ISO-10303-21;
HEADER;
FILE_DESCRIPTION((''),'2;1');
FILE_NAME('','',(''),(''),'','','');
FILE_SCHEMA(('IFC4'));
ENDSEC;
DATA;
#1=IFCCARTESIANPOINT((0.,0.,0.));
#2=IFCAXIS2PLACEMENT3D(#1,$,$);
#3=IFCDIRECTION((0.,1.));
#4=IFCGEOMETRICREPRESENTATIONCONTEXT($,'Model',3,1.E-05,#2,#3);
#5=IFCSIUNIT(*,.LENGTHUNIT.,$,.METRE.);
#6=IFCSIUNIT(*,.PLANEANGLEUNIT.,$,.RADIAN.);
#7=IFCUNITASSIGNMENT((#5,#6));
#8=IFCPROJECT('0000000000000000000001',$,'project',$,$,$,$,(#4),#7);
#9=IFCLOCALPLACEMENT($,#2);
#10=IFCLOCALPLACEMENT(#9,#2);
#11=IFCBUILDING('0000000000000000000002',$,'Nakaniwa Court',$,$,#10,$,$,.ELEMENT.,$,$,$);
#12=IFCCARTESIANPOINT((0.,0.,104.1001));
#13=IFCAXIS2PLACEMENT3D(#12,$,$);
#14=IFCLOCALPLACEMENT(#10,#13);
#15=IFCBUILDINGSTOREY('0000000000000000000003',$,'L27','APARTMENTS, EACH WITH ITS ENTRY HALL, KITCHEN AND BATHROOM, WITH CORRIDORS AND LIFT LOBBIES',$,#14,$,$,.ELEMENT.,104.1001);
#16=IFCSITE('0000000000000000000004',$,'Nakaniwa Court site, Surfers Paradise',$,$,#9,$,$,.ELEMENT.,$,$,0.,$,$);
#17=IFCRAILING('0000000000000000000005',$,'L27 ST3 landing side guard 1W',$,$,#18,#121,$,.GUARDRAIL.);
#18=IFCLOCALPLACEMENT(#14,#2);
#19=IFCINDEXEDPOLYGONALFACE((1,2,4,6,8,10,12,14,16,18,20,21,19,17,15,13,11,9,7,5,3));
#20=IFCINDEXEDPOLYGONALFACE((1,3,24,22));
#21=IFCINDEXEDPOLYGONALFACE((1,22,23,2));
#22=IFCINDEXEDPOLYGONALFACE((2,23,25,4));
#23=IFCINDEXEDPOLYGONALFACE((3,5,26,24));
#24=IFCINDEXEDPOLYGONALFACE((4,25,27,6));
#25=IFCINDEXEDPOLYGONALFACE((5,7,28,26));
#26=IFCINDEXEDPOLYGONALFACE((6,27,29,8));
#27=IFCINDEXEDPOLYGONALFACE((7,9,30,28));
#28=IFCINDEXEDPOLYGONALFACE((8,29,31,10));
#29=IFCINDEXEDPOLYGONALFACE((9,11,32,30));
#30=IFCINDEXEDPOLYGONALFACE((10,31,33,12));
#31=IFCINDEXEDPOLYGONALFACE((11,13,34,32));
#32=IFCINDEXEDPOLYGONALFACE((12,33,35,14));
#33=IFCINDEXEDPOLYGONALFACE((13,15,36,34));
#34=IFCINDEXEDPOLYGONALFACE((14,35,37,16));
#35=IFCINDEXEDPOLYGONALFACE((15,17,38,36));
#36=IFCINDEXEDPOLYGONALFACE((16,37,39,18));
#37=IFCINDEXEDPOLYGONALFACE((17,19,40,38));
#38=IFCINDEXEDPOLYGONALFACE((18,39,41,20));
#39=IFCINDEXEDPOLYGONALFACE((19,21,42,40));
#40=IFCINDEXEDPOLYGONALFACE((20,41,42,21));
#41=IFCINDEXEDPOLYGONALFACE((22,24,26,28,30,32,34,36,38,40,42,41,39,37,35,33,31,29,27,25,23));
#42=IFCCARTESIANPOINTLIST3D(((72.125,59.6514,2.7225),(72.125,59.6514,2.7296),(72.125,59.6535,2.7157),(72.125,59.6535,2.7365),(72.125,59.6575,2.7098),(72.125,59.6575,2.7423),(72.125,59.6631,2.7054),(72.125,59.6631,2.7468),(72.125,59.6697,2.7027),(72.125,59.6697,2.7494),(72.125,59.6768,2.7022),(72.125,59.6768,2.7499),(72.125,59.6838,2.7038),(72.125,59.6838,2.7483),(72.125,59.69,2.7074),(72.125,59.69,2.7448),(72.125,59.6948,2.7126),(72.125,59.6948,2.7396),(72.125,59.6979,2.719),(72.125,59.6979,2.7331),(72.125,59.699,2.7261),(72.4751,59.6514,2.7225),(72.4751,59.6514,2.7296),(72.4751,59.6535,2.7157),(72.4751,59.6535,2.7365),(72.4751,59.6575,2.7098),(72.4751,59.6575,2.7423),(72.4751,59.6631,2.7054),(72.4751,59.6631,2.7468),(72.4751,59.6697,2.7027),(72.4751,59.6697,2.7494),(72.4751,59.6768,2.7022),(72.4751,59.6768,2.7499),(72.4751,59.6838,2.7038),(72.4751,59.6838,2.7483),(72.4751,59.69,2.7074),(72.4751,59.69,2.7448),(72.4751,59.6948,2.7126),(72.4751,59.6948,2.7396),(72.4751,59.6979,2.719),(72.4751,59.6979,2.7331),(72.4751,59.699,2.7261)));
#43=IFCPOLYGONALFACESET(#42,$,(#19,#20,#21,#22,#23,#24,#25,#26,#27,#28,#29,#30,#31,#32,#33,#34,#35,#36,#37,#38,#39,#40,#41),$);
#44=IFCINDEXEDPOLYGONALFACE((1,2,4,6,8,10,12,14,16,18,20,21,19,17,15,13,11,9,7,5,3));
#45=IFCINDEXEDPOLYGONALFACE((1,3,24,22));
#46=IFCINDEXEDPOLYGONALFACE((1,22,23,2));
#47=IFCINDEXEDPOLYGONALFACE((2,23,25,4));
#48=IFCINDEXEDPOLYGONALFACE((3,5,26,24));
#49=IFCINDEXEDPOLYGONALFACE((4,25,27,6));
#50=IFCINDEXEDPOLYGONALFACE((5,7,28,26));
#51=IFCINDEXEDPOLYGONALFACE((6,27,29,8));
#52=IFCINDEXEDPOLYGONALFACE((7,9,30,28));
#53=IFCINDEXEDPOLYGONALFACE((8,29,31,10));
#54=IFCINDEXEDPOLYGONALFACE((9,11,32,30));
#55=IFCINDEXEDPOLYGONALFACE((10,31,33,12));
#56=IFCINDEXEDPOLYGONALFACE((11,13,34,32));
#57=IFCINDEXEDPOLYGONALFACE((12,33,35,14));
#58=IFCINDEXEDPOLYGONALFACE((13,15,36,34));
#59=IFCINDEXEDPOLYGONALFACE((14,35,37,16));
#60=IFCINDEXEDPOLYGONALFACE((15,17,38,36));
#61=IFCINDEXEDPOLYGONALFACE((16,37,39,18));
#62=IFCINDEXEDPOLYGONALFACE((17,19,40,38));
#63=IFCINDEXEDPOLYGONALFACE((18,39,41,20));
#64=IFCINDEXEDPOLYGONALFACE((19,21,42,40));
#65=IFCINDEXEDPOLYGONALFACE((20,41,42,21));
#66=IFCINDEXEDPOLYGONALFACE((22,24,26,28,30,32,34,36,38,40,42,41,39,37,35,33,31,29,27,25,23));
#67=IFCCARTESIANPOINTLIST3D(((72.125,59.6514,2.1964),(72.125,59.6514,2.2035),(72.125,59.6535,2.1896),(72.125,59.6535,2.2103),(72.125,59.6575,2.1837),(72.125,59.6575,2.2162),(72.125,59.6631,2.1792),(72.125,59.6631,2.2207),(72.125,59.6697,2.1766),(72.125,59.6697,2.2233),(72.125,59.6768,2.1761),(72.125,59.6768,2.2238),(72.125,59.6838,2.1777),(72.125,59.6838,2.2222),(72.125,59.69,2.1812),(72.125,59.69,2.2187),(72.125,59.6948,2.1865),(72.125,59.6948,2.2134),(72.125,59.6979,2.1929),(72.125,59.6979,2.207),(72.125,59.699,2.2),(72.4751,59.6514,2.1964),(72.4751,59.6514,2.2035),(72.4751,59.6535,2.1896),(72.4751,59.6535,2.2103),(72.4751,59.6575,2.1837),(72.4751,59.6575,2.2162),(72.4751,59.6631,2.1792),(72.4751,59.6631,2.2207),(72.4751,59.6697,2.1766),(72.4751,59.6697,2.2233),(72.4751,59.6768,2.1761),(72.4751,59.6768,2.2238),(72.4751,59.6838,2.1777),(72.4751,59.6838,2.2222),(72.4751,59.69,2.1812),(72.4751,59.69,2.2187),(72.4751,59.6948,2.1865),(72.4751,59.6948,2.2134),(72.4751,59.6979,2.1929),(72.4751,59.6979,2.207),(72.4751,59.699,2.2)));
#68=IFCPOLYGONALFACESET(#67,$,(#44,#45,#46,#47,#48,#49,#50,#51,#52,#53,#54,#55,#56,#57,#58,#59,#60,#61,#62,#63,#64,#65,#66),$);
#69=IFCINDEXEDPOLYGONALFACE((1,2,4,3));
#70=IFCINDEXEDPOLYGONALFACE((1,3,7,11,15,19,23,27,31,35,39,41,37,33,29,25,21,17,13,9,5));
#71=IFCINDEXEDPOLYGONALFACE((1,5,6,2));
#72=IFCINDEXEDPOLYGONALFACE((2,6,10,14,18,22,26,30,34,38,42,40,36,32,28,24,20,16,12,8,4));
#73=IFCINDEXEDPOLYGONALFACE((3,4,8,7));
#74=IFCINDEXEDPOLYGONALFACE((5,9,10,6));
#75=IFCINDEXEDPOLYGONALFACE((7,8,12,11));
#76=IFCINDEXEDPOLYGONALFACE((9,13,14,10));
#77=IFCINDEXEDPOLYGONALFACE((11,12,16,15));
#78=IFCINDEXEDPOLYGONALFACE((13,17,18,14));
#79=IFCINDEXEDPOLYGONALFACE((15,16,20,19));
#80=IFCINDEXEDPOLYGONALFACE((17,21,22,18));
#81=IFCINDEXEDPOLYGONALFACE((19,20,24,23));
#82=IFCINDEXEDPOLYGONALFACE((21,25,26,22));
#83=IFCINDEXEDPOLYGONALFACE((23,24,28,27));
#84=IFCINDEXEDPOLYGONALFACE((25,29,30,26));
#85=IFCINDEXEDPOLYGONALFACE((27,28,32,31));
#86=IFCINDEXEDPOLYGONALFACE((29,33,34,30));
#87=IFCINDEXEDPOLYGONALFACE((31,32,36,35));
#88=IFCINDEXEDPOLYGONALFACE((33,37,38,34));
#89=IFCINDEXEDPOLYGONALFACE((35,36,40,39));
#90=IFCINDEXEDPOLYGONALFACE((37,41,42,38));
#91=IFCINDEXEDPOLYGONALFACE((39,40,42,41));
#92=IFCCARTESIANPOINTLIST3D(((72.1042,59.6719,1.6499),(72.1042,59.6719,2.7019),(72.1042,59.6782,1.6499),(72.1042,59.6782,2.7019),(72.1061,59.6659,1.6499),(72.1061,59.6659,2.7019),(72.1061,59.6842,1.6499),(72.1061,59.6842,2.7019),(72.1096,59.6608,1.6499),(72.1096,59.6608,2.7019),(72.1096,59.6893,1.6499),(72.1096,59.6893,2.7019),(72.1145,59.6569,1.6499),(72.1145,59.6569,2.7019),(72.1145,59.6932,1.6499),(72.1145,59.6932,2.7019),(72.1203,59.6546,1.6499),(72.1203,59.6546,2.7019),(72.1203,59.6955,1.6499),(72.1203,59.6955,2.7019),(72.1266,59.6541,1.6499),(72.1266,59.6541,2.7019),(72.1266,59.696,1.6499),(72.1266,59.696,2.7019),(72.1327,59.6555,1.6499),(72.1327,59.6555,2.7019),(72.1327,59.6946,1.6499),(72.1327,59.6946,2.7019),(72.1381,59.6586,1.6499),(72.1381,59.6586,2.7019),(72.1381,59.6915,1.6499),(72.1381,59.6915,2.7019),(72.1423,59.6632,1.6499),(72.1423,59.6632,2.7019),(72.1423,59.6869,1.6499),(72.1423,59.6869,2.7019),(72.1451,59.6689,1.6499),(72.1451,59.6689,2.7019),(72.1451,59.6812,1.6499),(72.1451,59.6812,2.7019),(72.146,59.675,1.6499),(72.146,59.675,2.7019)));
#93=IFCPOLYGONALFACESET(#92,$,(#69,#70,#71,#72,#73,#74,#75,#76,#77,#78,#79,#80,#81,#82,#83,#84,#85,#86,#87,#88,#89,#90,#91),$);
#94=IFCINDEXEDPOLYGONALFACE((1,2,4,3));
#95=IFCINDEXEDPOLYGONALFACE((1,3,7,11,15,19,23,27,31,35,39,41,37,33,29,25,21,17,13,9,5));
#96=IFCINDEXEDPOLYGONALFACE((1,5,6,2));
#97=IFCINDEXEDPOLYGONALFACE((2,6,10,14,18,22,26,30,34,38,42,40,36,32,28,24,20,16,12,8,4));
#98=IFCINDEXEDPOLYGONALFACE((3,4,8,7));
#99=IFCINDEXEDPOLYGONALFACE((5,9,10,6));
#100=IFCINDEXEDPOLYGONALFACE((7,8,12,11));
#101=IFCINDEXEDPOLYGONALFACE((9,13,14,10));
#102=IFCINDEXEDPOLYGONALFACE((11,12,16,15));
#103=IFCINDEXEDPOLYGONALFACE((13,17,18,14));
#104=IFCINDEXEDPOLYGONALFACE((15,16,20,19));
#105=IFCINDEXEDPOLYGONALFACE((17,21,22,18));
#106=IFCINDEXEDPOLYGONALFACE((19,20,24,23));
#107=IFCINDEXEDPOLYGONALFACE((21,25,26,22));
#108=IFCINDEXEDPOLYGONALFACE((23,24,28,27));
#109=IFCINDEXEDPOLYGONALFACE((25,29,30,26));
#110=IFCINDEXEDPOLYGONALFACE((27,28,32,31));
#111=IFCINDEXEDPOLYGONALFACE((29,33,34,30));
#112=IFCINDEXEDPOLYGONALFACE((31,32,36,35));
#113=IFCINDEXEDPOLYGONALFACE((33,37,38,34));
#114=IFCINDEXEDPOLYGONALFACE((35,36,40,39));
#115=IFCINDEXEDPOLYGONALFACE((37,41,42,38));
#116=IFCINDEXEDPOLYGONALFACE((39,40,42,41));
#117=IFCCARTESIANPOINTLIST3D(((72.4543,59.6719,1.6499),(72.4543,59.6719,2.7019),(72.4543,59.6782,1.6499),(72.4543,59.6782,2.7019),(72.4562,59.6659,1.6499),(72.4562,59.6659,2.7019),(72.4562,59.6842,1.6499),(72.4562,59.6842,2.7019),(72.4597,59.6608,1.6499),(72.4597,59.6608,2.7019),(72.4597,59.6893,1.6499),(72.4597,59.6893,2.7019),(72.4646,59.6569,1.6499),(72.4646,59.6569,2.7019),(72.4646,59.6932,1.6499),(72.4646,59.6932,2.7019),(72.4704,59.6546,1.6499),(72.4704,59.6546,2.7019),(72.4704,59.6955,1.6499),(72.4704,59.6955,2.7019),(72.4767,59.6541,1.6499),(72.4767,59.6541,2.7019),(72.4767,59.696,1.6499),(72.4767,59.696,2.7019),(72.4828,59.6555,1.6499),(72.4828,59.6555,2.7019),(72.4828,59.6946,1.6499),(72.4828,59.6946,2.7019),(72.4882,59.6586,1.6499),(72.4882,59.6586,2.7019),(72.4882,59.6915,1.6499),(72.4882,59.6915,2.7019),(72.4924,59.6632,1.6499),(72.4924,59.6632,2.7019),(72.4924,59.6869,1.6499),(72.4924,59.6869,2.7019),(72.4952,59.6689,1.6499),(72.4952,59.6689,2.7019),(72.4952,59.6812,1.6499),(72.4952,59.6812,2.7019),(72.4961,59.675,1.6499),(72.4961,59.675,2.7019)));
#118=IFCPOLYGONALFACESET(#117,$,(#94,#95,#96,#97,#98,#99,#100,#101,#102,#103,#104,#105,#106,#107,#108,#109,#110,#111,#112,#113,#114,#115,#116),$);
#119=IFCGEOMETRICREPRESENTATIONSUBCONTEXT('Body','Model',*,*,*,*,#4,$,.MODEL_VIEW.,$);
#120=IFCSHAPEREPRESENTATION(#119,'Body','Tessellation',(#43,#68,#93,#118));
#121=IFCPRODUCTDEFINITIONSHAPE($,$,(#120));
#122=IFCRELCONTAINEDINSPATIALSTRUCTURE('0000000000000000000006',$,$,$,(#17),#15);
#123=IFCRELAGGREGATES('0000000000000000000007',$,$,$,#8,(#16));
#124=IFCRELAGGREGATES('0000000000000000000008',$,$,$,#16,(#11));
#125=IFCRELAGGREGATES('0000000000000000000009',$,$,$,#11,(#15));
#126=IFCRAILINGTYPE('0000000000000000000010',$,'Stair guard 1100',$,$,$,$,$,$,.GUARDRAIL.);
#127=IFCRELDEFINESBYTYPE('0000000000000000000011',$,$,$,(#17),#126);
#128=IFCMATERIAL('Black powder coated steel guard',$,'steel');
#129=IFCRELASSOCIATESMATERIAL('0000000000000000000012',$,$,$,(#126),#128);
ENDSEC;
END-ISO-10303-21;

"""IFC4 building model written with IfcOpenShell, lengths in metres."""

from ifc_helpers import new_model, si_unit, direction, frame, origin, origin_2d, place, context, subcontext, project, spatial, circle, extrude, material, type_object, element, save


model = new_model("IFC4")

# Units and contexts
model_context = context("Model", 3, precision=1e-05, world=origin(), true_north=direction((0.0, 1.0)))
body_context = subcontext(model_context, "Body", "Model", "MODEL_VIEW")
ifc_project = project(units=[si_unit("LENGTHUNIT", "METRE"), si_unit("PLANEANGLEUNIT", "RADIAN")], contexts=[model_context])

# Site, building, storey
site_placement = place(None, origin())
site = spatial("IfcSite", under=ifc_project, at=site_placement, Name="Nakaniwa Court site, Surfers Paradise", CompositionType="ELEMENT", RefElevation=0.0)
building_placement = place(site_placement, origin())
building = spatial("IfcBuilding", under=site, at=building_placement, Name="Nakaniwa Court", CompositionType="ELEMENT")
storey_placement = place(building_placement, frame((0.0, 0.0, 104.1001)))
storey = spatial("IfcBuildingStorey", under=building, at=storey_placement, Name="L27", Description="APARTMENTS, EACH WITH ITS ENTRY HALL, KITCHEN AND BATHROOM, WITH CORRIDORS AND LIFT LOBBIES", CompositionType="ELEMENT", Elevation=104.1001)

# Railing
ifc_material_1 = material(Name="Black powder coated steel guard", Category="steel")
railing_type_1 = type_object("IfcRailingType", Name="Stair guard 1100", PredefinedType="GUARDRAIL", material=ifc_material_1)
for number, where, name in (
    (1, (72.125, 59.675, 1.6499), "L27 ST3 landing side guard 1W"),
):
    element("IfcRailing", number, at=place(storey_placement, frame(where)), inside=storey, type_object=railing_type_1, Name=name, PredefinedType="GUARDRAIL", context=body_context, shape_type="SweptSolid", body=[
        extrude(circle(Radius=0.0239, at=origin_2d()), frame((0.0, 0.0, 1.0762), z_axis=(1.0, 0.0, 0.0), x_axis=(0.0, 1.0, 0.0)), (0.0, 0.0, 1.0), 0.3501),
        extrude(circle(Radius=0.0239, at=origin_2d()), frame((0.0, 0.0, 0.55), z_axis=(1.0, 0.0, 0.0), x_axis=(0.0, 1.0, 0.0)), (0.0, 0.0, 1.0), 0.3501),
        extrude(circle(Radius=0.021, at=origin_2d()), origin(), (0.0, 0.0, 1.0), 1.052),
        extrude(circle(Radius=0.021, at=origin_2d()), frame((0.3501, 0.0, 0.0)), (0.0, 0.0, 1.0), 1.052),
    ])

save(model, "model.ifc")
